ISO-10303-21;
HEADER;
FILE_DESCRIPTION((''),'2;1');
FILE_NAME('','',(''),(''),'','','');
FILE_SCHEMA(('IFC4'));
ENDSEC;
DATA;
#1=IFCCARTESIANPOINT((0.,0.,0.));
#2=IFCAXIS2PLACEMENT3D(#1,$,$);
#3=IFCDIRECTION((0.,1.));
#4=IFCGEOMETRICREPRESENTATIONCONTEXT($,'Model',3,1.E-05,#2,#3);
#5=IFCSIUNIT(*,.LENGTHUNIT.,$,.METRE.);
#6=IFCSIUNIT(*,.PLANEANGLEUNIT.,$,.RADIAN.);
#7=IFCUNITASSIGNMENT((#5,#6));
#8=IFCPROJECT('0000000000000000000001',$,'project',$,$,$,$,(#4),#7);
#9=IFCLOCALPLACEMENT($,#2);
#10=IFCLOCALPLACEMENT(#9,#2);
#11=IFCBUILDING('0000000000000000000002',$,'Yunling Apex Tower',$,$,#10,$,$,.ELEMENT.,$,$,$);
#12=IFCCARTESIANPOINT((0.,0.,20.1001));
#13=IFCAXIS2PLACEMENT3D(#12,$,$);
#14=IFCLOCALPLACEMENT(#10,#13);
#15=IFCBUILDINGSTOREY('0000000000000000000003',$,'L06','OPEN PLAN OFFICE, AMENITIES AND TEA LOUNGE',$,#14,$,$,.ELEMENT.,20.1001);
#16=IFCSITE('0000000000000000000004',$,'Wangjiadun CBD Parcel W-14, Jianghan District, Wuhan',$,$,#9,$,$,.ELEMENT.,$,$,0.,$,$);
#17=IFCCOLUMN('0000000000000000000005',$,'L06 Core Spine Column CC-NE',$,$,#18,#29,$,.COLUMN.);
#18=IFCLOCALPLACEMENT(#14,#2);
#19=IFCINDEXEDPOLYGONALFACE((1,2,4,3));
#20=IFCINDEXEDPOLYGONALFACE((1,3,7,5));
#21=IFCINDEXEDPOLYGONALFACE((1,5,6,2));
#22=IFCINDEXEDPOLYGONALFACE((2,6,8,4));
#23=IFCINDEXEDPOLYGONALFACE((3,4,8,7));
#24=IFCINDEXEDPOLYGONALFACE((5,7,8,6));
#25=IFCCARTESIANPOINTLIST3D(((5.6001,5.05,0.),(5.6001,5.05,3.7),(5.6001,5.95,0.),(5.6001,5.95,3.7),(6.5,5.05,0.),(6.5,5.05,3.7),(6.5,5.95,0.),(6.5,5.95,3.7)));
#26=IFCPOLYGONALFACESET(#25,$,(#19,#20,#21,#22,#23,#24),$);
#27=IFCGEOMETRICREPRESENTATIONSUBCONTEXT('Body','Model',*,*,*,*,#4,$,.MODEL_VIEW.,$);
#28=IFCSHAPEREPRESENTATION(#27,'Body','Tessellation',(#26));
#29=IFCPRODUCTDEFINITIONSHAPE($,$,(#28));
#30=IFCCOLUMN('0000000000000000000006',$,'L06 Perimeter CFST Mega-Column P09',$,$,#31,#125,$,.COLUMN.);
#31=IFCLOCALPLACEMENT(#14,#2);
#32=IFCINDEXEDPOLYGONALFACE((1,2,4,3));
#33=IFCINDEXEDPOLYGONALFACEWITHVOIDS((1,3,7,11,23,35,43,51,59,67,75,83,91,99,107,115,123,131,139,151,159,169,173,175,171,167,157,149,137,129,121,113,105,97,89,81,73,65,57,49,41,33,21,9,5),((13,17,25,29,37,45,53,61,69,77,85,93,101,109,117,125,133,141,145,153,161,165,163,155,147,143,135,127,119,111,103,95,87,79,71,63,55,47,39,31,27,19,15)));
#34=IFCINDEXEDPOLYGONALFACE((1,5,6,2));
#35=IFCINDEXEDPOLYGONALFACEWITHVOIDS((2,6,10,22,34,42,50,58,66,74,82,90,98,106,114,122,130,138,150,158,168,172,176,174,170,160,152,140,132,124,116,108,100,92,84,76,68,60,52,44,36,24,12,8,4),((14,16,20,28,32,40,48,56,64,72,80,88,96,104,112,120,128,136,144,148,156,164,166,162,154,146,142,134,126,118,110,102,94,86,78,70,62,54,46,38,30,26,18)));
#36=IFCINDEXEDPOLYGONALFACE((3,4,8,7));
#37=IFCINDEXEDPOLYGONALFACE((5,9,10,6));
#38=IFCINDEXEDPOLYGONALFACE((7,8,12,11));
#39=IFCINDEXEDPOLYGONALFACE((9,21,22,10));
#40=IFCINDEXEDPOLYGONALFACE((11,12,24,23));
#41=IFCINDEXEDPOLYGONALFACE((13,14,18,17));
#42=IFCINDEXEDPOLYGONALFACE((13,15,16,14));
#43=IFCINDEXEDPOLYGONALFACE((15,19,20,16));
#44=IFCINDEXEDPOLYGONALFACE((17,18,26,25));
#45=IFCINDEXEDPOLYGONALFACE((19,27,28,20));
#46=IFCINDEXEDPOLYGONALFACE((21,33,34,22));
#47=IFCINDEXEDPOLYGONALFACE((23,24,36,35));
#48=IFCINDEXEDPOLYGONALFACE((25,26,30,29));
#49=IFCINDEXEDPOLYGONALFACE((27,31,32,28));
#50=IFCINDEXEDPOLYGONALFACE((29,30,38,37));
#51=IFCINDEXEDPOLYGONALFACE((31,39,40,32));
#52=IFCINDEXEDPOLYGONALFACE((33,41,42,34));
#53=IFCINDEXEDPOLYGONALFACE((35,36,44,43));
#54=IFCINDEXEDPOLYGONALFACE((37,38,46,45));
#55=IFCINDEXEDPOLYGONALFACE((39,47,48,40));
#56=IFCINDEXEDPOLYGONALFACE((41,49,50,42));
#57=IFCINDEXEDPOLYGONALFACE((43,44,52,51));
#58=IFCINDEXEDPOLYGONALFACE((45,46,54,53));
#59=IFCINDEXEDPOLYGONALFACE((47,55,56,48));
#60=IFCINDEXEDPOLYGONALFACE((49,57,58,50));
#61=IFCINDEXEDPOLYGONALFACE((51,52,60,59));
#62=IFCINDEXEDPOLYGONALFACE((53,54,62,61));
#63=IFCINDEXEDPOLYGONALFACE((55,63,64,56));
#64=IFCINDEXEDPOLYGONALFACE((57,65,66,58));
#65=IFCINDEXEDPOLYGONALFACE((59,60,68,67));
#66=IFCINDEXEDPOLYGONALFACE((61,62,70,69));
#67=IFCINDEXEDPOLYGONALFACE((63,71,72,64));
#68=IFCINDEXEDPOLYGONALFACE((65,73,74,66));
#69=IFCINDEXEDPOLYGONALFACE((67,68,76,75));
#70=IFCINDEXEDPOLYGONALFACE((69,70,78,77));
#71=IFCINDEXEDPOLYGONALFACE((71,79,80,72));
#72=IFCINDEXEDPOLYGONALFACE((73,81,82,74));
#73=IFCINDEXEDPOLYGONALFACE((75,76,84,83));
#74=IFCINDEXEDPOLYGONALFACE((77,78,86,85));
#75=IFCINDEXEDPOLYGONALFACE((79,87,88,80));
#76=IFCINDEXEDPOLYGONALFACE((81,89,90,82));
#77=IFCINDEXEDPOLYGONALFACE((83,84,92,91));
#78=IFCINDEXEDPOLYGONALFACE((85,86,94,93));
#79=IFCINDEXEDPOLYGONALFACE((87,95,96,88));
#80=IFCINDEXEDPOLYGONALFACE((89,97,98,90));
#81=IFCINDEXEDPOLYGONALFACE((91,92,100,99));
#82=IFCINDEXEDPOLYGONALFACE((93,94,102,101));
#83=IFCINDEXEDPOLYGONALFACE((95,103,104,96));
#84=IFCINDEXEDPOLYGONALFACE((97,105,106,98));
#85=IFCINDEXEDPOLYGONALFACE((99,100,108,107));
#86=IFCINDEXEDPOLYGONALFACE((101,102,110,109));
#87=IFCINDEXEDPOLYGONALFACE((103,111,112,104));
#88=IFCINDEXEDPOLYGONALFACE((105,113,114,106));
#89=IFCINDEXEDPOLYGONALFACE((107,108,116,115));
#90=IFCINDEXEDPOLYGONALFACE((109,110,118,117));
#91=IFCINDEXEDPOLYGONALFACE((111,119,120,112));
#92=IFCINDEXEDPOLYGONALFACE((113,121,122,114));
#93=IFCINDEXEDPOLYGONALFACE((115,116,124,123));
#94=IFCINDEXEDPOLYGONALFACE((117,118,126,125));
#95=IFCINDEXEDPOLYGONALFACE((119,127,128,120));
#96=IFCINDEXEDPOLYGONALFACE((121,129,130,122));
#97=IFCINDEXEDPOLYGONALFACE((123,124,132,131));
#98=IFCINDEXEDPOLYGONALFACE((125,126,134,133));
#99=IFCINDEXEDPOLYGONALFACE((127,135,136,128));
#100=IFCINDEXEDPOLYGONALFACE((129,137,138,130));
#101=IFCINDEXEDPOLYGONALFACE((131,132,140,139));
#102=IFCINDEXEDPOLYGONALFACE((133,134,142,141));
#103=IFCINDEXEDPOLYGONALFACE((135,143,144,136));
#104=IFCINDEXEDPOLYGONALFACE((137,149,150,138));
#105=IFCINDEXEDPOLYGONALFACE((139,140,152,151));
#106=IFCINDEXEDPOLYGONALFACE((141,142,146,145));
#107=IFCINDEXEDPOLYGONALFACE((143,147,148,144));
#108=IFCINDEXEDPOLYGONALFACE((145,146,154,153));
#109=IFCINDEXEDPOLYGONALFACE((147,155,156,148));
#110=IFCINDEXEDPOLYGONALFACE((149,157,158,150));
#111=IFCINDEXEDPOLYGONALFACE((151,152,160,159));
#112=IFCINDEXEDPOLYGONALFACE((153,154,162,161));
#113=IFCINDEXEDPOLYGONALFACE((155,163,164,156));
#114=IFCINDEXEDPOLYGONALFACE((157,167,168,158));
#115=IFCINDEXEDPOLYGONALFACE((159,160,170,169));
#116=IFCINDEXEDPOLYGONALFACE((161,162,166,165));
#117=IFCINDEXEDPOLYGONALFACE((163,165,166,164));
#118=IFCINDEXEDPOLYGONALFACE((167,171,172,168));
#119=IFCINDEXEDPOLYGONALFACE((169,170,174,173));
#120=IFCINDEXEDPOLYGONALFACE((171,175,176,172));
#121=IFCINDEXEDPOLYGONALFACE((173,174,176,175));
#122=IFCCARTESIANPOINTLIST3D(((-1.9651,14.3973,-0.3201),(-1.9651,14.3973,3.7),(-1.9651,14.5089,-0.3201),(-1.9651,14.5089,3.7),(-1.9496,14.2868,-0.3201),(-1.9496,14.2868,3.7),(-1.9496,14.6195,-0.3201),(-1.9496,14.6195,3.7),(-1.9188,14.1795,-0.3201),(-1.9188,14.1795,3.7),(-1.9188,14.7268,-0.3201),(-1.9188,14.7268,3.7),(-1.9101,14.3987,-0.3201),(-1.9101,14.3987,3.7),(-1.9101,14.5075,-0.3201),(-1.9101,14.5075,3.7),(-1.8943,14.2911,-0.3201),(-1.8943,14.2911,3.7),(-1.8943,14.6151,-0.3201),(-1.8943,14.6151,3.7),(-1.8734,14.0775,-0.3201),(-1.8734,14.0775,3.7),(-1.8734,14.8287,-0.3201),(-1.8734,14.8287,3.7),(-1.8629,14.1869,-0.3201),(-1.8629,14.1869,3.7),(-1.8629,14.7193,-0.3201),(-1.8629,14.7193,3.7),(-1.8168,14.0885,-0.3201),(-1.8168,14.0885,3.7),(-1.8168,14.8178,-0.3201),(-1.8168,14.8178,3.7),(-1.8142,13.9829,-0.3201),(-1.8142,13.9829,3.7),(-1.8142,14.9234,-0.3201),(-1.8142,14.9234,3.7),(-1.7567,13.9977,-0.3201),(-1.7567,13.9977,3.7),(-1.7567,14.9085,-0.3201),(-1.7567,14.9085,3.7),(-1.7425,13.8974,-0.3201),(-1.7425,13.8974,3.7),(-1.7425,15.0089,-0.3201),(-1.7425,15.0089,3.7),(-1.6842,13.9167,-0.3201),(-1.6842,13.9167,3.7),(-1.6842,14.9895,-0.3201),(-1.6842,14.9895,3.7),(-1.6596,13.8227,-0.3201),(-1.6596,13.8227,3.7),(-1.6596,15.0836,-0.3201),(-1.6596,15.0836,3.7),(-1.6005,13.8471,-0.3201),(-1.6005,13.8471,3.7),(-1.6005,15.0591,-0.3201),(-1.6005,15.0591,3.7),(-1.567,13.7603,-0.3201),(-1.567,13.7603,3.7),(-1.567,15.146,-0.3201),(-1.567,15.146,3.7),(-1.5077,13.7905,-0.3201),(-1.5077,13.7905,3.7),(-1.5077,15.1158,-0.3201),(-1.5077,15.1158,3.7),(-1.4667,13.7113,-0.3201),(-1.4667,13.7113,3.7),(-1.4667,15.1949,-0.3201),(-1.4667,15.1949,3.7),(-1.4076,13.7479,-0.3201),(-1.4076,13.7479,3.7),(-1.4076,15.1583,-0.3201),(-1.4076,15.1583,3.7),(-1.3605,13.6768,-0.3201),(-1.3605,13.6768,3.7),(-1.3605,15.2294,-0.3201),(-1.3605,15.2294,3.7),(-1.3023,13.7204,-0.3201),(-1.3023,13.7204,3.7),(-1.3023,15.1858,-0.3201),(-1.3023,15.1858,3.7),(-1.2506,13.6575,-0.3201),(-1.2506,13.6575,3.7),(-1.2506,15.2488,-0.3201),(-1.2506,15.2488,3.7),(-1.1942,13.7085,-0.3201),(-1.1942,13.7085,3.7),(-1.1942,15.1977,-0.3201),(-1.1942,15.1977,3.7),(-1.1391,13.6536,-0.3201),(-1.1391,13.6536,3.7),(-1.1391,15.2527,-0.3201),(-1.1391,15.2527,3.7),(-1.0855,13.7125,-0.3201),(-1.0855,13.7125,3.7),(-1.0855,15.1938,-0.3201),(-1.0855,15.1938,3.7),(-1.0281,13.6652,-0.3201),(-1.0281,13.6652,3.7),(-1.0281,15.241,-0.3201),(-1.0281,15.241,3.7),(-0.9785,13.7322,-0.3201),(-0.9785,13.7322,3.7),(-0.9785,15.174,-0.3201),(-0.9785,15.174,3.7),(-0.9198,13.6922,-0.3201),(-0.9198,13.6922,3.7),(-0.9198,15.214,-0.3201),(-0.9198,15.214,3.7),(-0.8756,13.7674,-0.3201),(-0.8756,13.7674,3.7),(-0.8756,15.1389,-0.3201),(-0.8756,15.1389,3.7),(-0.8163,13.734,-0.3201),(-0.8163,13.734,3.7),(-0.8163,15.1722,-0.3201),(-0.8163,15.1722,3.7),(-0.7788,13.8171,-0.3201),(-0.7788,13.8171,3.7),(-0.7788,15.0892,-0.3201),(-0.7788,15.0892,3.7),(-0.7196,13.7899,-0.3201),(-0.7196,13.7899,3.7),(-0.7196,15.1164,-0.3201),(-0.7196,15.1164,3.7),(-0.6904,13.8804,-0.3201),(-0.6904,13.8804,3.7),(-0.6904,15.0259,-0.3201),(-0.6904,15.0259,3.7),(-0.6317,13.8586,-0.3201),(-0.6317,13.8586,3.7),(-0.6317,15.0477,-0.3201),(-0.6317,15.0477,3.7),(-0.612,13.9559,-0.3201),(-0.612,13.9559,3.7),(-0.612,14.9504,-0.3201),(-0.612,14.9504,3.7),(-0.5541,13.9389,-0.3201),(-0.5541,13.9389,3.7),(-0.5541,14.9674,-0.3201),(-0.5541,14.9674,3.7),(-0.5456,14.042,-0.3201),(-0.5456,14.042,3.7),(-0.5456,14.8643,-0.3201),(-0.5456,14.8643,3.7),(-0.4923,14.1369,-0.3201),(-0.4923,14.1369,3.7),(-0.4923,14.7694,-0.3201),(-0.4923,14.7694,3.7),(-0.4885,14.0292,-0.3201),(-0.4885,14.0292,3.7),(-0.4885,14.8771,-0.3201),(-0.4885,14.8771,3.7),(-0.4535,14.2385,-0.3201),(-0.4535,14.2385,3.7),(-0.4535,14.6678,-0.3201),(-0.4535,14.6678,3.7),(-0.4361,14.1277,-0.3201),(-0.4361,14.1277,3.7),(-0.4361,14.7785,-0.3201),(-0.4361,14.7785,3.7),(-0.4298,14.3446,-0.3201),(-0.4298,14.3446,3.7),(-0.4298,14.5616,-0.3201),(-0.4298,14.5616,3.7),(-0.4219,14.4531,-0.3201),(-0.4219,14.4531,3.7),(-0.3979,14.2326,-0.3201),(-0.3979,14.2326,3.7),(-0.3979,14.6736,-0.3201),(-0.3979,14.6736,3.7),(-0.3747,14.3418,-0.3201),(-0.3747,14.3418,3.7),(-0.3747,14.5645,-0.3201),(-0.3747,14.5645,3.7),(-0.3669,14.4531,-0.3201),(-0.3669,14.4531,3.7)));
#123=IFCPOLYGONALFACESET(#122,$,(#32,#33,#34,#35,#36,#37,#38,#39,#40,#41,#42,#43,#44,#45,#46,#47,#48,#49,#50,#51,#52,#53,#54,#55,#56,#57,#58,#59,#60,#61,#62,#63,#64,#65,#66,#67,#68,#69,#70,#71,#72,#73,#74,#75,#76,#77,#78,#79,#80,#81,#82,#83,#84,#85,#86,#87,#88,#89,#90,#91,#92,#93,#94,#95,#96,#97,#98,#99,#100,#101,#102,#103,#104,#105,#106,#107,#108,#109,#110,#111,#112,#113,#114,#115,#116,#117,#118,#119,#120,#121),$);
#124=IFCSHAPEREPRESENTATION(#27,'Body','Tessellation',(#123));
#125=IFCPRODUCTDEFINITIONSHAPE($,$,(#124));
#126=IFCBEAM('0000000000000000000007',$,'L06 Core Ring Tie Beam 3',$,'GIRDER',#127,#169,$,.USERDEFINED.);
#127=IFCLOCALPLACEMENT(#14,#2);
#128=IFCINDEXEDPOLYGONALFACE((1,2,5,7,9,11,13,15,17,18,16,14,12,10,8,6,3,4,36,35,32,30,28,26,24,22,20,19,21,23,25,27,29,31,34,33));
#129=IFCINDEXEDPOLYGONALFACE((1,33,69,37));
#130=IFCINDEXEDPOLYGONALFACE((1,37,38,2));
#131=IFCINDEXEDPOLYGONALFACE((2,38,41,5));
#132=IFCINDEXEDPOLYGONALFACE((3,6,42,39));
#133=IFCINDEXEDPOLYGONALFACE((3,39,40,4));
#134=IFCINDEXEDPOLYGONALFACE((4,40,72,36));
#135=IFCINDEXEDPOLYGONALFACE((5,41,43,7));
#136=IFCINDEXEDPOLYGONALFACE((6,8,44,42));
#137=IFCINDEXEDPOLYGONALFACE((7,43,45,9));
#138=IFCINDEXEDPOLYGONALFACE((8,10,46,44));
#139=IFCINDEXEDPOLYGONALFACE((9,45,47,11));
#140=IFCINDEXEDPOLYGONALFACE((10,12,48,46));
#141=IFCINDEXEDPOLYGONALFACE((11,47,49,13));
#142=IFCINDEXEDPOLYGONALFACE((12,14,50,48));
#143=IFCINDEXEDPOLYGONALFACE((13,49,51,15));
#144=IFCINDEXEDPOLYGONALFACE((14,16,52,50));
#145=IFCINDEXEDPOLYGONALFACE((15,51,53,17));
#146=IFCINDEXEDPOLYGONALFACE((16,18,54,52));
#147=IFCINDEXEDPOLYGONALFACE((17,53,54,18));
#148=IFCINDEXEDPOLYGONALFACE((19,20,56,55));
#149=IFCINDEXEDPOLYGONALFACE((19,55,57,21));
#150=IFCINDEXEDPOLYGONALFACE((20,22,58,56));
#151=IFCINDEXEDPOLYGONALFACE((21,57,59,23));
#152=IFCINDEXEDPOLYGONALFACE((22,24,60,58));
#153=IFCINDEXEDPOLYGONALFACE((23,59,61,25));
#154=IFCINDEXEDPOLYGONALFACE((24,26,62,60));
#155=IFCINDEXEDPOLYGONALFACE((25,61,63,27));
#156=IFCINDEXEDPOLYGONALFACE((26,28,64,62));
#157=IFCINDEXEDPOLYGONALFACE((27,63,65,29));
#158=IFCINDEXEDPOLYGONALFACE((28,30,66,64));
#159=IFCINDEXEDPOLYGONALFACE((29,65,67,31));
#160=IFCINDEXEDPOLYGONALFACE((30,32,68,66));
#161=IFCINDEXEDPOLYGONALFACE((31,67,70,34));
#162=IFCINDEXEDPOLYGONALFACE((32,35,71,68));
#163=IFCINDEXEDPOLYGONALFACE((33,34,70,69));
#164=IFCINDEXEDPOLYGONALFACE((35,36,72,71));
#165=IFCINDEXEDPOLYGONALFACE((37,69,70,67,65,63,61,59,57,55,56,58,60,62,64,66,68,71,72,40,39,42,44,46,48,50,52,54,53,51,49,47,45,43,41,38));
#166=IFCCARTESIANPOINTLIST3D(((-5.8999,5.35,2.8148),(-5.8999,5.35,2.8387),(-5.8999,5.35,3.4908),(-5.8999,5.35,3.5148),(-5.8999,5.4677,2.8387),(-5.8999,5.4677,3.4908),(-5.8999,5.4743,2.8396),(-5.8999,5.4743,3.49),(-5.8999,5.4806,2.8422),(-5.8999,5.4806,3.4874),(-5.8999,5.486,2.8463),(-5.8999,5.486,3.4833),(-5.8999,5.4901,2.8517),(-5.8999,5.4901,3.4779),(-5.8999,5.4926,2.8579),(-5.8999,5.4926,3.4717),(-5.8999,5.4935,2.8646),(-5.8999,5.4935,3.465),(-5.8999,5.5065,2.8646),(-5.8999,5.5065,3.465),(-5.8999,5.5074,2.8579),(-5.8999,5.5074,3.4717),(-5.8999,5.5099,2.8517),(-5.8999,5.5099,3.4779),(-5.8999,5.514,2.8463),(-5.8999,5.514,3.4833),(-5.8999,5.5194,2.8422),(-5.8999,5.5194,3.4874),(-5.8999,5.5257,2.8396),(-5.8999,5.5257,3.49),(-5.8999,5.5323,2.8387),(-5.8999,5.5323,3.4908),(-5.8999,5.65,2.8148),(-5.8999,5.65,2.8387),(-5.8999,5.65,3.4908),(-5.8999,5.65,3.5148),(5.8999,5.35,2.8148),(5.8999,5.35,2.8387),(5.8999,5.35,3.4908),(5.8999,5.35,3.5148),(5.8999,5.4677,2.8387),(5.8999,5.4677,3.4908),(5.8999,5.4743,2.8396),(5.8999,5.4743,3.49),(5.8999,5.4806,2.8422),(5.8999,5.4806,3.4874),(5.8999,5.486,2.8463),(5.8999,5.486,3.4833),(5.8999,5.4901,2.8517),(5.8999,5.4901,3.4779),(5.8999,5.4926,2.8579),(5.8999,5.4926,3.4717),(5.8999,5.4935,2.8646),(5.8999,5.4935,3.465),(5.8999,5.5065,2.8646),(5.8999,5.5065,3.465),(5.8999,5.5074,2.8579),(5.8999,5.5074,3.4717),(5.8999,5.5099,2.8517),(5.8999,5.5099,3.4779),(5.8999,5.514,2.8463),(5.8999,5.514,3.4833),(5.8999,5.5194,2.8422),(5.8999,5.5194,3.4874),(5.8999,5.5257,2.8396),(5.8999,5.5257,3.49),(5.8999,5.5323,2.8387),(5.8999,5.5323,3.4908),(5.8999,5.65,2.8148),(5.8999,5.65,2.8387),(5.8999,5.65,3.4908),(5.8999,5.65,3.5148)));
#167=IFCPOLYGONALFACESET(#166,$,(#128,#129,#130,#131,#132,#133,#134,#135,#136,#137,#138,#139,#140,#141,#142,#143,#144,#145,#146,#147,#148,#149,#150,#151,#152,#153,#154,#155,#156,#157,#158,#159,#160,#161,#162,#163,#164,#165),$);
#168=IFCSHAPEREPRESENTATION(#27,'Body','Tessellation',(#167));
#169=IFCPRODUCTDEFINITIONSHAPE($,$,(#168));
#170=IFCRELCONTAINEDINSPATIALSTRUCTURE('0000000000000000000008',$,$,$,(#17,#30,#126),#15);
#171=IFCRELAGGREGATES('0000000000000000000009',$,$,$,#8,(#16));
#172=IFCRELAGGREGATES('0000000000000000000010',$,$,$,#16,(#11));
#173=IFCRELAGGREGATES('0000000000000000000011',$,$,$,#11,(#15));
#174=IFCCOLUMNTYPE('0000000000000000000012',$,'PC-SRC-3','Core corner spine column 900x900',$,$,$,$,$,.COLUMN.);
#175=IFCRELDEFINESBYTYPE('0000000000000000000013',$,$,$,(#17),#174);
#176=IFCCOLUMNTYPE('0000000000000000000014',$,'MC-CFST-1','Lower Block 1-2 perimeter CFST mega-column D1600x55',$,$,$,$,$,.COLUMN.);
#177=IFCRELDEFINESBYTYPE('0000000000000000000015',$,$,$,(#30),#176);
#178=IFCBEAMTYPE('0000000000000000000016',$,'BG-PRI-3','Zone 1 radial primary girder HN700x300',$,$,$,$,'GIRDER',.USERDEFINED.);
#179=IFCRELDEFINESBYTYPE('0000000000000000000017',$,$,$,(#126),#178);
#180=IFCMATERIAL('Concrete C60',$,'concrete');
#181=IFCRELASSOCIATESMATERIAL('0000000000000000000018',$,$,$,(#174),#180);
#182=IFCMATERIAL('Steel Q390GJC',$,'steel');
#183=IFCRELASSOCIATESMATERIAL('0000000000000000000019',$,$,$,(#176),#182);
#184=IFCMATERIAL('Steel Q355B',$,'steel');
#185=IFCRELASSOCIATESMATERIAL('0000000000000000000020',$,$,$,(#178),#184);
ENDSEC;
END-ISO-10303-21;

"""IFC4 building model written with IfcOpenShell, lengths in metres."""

from ifc_helpers import new_model, si_unit, direction, frame, origin, origin_2d, place, context, subcontext, project, spatial, rectangle, hollow_circle, i_section, extrude, source, transform, mapped, material, material_profile, profile_set, type_object, element, save


model = new_model("IFC4")

# Units and contexts
model_context = context("Model", 3, precision=1e-05, world=origin(), true_north=direction((0.0, 1.0)))
body_context = subcontext(model_context, "Body", "Model", "MODEL_VIEW")
ifc_project = project(units=[si_unit("LENGTHUNIT", "METRE"), si_unit("PLANEANGLEUNIT", "RADIAN")], contexts=[model_context])

# Site, building, storey
site_placement = place(None, origin())
site = spatial("IfcSite", under=ifc_project, at=site_placement, Name="Wangjiadun CBD Parcel W-14, Jianghan District, Wuhan", CompositionType="ELEMENT", RefElevation=0.0)
building_placement = place(site_placement, origin())
building = spatial("IfcBuilding", under=site, at=building_placement, Name="Yunling Apex Tower", CompositionType="ELEMENT")
storey_placement = place(building_placement, frame((0.0, 0.0, 20.1001)))
storey = spatial("IfcBuildingStorey", under=building, at=storey_placement, Name="L06", Description="OPEN PLAN OFFICE, AMENITIES AND TEA LOUNGE", CompositionType="ELEMENT", Elevation=20.1001)

# Columns
ifc_material_1 = material(Name="Concrete C60", Category="concrete")
ifc_material_profile_1 = material_profile(ifc_material_1, rectangle(XDim=0.8999, YDim=0.8999, at=origin_2d()))
ifc_profile_set_1 = profile_set([ifc_material_profile_1], Name="Concrete C60")
column_type_1 = type_object("IfcColumnType", Name="PC-SRC-3", Description="Core corner spine column 900x900", PredefinedType="COLUMN", material=ifc_profile_set_1)
shared_shape_1 = source(origin(), body_context, "Body", "SweptSolid", [
    extrude(rectangle(XDim=0.8999, YDim=0.8999, at=origin_2d()), origin(), (0.0, 0.0, 1.0), 3.7),
])
column_1_placement = place(storey_placement, frame((6.05, 5.5, 0.0), z_axis=(0.0, 0.0, 1.0), x_axis=(1.0, 0.0, 0.0)))
element("IfcColumn", 1, at=column_1_placement, inside=storey, type_object=column_type_1, Name="L06 Core Spine Column CC-NE", PredefinedType="COLUMN", context=body_context, shape_type="MappedRepresentation", body=[
    mapped(shared_shape_1, transform((0.0, 0.0, 0.0), scale=1.0)),
])
ifc_material_2 = material(Name="Steel Q390GJC", Category="steel")
ifc_material_profile_2 = material_profile(ifc_material_2, hollow_circle(Radius=0.8, WallThickness=0.0549, at=origin_2d()))
ifc_profile_set_2 = profile_set([ifc_material_profile_2], Name="Steel Q390GJC")
column_type_2 = type_object("IfcColumnType", Name="MC-CFST-1", Description="Lower Block 1-2 perimeter CFST mega-column D1600x55", PredefinedType="COLUMN", material=ifc_profile_set_2)
shared_shape_2 = source(origin(), body_context, "Body", "SweptSolid", [
    extrude(hollow_circle(Radius=0.8, WallThickness=0.0549, at=origin_2d()), origin(), (0.0, 0.0, 1.0), 4.02),
])
column_2_placement = place(storey_placement, frame((-1.167, 14.4531, -0.3201), z_axis=(0.0, 0.0, 1.0), x_axis=(1.0, 0.0, 0.0)))
element("IfcColumn", 2, at=column_2_placement, inside=storey, type_object=column_type_2, Name="L06 Perimeter CFST Mega-Column P09", PredefinedType="COLUMN", context=body_context, shape_type="MappedRepresentation", body=[
    mapped(shared_shape_2, transform((0.0, 0.0, 0.0), scale=1.0)),
])

# Beam
ifc_material_3 = material(Name="Steel Q355B", Category="steel")
ifc_material_profile_3 = material_profile(ifc_material_3, i_section(OverallWidth=0.3, OverallDepth=0.7, WebThickness=0.0129, FlangeThickness=0.0239, FilletRadius=0.0259, at=origin_2d()))
ifc_profile_set_3 = profile_set([ifc_material_profile_3], Name="Steel Q355B")
beam_type_1 = type_object("IfcBeamType", Name="BG-PRI-3", Description="Zone 1 radial primary girder HN700x300", ElementType="GIRDER", PredefinedType="USERDEFINED", material=ifc_profile_set_3)
shared_shape_3 = source(origin(), body_context, "Body", "SweptSolid", [
    extrude(i_section(OverallWidth=0.3, OverallDepth=0.7, WebThickness=0.0129, FlangeThickness=0.0239, FilletRadius=0.0259, at=origin_2d()), origin(), (0.0, 0.0, 1.0), 11.7998),
])
beam_1_placement = place(storey_placement, frame((5.8999, 5.5, 3.1648), z_axis=(-1.0, 0.0, 0.0), x_axis=(0.0, -1.0, 0.0)))
element("IfcBeam", 3, at=beam_1_placement, inside=storey, type_object=beam_type_1, Name="L06 Core Ring Tie Beam 3", ObjectType="GIRDER", PredefinedType="USERDEFINED", context=body_context, shape_type="MappedRepresentation", body=[
    mapped(shared_shape_3, transform((0.0, 0.0, 0.0), scale=1.0)),
])

save(model, "model.ifc")
